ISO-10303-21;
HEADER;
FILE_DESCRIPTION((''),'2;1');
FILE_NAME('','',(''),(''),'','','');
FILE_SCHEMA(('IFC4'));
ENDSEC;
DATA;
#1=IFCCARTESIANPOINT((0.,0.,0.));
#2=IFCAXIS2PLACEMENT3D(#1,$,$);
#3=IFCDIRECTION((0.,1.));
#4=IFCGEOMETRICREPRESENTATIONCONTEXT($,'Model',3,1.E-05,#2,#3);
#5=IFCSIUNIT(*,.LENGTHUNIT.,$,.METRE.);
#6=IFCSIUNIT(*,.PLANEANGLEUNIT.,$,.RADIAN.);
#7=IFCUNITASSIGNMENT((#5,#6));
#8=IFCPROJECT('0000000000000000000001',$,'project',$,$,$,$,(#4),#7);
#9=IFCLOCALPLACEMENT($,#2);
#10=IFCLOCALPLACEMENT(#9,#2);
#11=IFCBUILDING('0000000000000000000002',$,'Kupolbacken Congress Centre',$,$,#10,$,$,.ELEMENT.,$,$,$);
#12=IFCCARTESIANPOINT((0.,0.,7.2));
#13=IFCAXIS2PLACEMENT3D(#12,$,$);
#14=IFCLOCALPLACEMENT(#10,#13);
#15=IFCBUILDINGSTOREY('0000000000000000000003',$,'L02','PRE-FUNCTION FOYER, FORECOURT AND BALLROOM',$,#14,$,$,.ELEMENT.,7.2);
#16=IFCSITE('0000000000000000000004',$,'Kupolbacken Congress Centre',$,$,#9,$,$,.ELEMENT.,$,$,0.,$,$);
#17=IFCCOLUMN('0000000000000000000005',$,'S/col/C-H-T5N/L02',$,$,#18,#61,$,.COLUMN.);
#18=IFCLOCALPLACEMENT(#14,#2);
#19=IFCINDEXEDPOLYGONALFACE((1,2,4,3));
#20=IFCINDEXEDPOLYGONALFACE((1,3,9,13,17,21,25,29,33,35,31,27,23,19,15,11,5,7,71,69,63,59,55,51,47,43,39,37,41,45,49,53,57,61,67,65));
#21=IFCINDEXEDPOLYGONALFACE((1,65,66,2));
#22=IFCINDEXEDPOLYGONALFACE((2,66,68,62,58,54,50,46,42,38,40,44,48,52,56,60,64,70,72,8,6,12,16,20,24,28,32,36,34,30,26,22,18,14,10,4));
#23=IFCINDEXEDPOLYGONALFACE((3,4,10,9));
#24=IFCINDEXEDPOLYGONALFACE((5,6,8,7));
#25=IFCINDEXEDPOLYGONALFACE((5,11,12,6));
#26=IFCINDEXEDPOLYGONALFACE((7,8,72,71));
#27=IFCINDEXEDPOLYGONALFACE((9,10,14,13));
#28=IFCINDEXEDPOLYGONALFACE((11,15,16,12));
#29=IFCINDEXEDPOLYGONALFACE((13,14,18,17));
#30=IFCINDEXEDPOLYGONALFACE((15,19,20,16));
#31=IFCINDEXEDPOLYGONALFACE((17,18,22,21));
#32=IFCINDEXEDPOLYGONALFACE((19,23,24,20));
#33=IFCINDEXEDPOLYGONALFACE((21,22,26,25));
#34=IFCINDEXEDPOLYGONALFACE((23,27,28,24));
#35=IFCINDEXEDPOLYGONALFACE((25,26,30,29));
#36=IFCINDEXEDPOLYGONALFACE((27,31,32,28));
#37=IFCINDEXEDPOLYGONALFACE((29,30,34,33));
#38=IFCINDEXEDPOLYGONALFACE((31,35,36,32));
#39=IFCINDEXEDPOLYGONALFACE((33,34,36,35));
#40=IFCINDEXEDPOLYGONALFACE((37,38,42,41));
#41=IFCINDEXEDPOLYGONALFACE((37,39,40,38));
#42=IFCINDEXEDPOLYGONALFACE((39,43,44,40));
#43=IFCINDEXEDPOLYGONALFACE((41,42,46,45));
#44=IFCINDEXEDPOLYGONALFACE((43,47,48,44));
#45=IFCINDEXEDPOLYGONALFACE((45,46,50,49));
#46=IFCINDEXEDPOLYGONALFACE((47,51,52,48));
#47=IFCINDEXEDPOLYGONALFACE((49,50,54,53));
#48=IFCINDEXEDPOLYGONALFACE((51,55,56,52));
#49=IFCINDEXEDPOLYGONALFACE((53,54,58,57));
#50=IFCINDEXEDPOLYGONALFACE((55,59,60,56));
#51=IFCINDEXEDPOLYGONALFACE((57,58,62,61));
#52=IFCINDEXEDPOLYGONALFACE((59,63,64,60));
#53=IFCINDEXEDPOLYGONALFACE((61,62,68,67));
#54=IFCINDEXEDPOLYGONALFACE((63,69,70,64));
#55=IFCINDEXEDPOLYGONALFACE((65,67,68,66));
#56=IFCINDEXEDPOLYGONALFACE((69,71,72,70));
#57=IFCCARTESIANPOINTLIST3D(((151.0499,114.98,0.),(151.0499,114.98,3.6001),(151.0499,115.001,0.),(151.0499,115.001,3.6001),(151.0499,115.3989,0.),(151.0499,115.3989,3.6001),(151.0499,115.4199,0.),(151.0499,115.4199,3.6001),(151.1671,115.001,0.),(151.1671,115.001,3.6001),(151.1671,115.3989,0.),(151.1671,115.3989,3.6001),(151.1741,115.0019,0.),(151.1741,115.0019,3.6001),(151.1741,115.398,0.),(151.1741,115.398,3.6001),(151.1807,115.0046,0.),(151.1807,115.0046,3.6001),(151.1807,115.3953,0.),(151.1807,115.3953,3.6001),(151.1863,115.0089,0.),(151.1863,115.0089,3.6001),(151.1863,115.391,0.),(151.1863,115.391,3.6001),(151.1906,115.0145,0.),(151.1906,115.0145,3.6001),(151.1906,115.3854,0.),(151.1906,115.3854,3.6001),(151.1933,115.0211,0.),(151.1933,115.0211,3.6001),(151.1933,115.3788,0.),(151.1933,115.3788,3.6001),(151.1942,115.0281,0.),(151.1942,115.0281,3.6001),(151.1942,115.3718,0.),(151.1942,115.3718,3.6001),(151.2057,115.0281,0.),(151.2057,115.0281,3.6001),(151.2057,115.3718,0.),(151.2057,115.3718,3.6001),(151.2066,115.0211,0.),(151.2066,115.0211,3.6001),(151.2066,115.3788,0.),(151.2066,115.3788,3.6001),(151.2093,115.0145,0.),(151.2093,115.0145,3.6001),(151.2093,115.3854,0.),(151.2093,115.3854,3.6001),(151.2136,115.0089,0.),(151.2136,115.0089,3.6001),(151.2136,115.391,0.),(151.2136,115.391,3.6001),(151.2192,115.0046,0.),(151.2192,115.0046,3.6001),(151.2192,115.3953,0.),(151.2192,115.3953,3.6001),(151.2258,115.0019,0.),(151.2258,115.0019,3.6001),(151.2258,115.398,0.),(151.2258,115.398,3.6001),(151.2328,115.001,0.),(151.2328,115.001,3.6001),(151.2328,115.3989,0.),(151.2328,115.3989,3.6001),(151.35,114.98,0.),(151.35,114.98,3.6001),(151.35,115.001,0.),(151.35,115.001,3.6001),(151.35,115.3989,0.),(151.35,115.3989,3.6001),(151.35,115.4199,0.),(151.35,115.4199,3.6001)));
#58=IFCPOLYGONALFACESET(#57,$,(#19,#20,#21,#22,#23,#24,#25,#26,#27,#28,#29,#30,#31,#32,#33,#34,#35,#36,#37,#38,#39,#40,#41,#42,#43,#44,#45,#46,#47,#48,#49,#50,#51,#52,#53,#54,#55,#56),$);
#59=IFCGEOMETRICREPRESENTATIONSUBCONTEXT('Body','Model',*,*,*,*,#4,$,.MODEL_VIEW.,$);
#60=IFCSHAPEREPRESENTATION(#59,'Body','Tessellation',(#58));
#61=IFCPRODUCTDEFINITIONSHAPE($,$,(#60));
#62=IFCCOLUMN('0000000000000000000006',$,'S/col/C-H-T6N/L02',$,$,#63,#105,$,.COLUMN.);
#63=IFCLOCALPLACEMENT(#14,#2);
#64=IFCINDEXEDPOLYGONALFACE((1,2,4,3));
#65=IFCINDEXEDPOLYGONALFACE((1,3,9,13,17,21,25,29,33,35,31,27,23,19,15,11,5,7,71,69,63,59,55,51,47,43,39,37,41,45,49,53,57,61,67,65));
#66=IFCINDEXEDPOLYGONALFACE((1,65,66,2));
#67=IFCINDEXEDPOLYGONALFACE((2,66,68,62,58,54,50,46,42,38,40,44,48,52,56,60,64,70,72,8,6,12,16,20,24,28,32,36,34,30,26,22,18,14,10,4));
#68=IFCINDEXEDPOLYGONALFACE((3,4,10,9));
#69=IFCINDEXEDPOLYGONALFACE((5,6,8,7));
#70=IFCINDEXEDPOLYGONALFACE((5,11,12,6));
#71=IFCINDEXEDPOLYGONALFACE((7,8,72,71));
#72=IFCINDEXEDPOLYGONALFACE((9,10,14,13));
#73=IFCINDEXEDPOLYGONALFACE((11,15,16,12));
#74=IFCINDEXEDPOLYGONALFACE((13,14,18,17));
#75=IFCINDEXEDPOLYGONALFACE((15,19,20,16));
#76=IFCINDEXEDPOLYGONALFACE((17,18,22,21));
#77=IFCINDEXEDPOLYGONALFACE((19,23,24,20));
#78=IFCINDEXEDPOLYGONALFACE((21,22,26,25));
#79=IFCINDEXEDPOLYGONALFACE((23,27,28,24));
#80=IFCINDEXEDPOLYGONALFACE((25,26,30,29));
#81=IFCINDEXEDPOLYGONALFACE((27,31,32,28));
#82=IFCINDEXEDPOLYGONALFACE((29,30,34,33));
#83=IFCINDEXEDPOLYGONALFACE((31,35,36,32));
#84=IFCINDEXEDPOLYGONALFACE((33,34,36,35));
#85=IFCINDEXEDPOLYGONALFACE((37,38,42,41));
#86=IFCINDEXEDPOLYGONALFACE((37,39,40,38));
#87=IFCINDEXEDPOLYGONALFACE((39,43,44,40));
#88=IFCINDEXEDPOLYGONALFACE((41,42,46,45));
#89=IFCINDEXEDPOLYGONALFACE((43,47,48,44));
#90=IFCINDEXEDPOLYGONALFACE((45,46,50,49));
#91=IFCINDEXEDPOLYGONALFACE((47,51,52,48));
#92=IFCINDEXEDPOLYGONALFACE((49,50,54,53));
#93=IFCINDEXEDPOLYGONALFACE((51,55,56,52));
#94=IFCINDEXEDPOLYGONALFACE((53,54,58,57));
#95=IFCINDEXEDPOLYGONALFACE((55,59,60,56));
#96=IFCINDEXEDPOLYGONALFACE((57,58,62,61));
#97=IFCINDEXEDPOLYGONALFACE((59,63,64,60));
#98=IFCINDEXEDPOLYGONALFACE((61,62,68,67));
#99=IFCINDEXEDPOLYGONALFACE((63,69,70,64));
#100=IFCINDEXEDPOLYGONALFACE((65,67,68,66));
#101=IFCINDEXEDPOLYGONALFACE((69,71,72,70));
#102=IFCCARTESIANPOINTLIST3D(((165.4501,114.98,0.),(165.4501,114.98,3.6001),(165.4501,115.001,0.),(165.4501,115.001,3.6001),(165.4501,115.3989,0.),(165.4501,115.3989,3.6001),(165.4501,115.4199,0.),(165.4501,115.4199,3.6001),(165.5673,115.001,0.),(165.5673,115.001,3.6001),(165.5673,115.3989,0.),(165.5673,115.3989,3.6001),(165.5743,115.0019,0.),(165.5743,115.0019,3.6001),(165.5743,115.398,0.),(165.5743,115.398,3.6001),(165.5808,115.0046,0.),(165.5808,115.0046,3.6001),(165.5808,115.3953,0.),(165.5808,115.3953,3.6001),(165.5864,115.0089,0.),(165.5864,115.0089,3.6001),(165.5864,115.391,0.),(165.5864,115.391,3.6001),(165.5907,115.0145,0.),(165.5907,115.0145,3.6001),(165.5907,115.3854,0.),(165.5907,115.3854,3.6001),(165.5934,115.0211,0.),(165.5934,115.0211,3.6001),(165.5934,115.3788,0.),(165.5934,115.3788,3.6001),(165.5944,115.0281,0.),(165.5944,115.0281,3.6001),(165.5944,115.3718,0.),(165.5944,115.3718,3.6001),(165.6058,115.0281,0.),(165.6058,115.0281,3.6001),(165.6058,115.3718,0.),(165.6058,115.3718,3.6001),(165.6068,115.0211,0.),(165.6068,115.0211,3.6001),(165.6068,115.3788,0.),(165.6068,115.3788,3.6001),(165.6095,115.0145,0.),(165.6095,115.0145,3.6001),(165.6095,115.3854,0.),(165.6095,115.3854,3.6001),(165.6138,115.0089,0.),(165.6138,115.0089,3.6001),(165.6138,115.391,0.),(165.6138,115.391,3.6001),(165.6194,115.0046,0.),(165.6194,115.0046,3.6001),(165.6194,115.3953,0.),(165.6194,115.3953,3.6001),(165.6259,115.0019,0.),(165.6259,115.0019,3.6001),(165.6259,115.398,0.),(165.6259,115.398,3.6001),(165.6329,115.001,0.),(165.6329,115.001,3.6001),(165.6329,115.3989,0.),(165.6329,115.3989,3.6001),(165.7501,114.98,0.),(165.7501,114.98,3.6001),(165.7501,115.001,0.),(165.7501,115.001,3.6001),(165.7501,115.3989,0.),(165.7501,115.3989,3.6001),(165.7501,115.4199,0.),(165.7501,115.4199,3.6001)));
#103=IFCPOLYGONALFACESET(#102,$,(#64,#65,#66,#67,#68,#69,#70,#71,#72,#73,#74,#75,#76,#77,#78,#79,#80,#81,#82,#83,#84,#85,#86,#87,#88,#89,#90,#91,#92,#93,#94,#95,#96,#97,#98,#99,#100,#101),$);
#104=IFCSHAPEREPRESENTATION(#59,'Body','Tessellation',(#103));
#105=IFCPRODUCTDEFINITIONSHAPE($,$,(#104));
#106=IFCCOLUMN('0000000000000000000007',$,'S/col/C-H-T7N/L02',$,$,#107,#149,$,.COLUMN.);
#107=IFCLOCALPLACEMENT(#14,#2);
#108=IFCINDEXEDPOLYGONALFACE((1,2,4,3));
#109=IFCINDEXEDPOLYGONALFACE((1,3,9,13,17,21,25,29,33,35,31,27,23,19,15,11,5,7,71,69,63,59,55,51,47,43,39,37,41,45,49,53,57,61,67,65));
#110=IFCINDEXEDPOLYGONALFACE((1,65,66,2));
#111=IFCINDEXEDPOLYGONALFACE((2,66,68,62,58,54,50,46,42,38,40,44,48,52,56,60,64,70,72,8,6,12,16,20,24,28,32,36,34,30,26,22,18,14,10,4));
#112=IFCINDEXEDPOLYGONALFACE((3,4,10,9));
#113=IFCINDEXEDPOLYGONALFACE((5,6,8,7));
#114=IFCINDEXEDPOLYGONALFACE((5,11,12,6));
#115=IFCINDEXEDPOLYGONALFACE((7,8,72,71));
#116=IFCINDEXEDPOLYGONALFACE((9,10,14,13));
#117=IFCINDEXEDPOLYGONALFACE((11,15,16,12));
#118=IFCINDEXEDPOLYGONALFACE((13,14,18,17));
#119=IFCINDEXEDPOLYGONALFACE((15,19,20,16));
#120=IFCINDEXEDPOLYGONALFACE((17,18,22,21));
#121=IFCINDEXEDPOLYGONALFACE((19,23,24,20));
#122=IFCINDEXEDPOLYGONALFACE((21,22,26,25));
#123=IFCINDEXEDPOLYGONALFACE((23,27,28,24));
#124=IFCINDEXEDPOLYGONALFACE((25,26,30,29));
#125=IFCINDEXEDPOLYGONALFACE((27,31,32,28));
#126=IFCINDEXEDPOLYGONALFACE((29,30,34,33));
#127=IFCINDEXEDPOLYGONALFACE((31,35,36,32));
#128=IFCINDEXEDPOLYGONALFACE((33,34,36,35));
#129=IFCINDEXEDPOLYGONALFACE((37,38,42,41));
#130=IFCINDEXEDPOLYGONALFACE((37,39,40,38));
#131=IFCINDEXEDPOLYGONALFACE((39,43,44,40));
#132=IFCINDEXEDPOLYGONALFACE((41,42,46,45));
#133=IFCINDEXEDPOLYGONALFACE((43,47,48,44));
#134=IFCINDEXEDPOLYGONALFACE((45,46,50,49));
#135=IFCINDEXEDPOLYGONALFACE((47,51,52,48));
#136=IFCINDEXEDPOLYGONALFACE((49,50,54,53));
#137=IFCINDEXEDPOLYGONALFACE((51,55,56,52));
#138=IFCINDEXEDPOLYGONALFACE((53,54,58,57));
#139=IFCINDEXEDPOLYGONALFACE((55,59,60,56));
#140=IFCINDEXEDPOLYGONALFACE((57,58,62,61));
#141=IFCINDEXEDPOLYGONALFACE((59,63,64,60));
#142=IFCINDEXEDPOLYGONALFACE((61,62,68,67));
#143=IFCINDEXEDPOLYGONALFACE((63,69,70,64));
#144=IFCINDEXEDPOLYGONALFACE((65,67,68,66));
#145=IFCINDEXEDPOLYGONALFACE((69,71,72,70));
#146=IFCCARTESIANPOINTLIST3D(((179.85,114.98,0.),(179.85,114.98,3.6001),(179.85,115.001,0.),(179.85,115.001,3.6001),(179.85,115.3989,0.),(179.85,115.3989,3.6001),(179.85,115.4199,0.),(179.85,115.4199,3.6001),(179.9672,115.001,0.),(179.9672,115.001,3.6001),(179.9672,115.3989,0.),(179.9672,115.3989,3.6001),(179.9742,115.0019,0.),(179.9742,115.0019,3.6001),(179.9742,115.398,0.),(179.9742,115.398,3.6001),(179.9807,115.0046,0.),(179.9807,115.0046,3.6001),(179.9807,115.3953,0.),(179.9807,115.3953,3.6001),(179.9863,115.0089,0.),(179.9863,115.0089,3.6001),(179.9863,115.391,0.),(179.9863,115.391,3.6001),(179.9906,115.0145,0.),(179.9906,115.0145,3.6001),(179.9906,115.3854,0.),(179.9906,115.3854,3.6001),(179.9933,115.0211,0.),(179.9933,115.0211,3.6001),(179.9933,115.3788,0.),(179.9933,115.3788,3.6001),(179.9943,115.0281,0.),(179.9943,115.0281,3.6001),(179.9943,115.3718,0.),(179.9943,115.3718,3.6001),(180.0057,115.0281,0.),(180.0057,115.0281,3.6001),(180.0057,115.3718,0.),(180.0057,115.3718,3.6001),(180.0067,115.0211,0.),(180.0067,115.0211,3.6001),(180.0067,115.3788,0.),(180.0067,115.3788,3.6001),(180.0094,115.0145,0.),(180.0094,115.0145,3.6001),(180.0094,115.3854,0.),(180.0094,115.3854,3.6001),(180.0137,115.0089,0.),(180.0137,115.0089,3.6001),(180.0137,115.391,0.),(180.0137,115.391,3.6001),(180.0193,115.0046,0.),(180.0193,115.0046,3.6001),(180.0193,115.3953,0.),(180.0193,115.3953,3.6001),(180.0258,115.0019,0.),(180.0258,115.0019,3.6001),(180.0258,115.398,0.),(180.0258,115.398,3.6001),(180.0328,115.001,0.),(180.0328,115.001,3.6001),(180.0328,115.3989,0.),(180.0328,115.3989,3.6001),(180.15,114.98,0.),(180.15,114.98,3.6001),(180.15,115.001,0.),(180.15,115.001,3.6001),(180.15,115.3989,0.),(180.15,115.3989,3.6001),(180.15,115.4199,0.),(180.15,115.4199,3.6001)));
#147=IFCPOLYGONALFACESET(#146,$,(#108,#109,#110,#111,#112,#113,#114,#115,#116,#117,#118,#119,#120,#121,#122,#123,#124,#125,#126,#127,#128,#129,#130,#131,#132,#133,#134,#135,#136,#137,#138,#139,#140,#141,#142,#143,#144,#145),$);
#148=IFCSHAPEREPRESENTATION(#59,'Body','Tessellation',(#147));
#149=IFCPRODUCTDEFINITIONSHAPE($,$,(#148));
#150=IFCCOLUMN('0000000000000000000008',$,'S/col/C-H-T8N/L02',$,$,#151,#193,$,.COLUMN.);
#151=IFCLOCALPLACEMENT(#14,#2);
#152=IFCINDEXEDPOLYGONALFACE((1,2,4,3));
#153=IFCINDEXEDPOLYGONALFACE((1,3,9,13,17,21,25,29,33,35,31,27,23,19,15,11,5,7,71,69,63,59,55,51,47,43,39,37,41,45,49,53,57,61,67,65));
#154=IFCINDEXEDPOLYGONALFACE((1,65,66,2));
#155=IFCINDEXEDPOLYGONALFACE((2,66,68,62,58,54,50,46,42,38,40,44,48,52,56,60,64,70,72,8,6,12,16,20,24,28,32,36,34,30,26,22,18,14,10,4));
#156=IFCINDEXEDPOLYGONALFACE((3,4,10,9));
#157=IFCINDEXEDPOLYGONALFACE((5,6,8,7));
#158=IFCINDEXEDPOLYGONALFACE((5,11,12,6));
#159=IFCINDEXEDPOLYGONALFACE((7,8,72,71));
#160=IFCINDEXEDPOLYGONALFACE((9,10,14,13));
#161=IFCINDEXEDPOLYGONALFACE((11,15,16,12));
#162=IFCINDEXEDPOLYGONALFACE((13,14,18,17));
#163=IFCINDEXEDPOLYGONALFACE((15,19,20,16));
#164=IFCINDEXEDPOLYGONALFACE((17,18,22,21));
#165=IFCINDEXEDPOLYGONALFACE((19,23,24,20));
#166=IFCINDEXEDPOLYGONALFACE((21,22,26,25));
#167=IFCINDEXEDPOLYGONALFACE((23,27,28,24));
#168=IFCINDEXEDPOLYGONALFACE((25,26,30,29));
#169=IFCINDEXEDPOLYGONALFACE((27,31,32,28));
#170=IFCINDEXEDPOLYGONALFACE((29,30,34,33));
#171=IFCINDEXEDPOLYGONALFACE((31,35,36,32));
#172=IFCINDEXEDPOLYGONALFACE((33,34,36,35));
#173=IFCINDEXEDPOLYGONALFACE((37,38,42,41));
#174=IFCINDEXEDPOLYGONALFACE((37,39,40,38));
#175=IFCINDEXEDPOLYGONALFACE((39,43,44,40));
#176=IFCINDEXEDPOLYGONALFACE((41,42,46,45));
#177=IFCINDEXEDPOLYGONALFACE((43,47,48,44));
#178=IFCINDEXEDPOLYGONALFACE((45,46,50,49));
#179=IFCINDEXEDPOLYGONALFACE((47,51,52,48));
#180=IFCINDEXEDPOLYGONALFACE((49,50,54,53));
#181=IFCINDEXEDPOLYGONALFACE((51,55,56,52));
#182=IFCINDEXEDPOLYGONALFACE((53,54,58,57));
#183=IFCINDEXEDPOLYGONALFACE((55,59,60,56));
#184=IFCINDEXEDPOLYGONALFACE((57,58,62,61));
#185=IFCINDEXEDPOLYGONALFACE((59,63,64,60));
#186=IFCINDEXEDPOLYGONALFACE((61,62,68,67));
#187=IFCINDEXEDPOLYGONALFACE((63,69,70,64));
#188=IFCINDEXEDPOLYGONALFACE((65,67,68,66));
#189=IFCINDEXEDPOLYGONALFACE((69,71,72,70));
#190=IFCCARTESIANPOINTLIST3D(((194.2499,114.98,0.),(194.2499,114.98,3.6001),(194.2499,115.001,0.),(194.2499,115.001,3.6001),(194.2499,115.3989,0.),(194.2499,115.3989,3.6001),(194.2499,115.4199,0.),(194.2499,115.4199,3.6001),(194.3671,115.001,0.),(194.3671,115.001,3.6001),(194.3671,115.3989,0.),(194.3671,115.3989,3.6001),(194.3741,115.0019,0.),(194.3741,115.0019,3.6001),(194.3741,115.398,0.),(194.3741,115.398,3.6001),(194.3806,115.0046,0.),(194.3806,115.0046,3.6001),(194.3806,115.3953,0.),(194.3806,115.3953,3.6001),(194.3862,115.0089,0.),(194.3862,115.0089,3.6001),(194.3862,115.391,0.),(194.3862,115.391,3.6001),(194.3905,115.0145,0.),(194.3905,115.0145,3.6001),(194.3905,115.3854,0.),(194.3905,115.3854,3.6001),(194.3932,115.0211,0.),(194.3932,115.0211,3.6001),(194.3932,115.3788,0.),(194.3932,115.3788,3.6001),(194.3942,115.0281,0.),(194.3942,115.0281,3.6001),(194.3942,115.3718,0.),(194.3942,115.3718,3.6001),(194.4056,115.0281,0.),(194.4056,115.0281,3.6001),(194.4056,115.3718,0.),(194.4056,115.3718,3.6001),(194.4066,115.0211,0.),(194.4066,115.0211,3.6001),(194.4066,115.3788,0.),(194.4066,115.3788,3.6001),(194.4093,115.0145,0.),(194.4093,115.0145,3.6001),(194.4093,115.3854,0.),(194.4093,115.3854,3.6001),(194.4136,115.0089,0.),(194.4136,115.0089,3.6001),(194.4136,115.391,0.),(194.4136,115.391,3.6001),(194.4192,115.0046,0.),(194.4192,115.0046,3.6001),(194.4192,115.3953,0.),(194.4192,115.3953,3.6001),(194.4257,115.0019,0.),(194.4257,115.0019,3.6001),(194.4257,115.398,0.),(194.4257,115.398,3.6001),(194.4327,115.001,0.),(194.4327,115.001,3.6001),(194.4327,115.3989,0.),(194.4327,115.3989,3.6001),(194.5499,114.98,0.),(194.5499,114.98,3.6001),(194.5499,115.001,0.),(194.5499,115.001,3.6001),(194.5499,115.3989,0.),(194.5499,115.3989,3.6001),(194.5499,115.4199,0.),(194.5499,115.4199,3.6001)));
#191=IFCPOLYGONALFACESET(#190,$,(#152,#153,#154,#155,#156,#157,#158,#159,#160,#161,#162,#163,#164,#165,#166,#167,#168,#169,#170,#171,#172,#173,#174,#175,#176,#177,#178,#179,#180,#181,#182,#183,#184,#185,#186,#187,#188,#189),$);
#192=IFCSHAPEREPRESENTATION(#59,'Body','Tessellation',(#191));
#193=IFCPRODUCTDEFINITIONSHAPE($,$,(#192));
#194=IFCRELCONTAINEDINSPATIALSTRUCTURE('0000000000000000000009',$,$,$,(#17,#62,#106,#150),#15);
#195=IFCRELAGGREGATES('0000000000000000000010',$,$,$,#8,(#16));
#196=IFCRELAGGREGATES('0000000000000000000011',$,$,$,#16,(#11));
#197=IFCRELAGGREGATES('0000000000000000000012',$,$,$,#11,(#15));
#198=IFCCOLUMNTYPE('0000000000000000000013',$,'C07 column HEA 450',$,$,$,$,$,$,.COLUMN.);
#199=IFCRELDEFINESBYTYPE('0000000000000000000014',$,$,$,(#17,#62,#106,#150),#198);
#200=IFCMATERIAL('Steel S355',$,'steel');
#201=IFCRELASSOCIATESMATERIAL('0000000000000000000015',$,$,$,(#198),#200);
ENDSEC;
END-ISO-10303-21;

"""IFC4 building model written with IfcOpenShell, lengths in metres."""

from ifc_helpers import new_model, si_unit, direction, frame, origin, origin_2d, place, context, subcontext, project, spatial, i_section, extrude, material, material_profile, profile_set, type_object, element, save


model = new_model("IFC4")

# Units and contexts
model_context = context("Model", 3, precision=1e-05, world=origin(), true_north=direction((0.0, 1.0)))
body_context = subcontext(model_context, "Body", "Model", "MODEL_VIEW")
ifc_project = project(units=[si_unit("LENGTHUNIT", "METRE"), si_unit("PLANEANGLEUNIT", "RADIAN")], contexts=[model_context])

# Site, building, storey
site_placement = place(None, origin())
site = spatial("IfcSite", under=ifc_project, at=site_placement, Name="Kupolbacken Congress Centre", CompositionType="ELEMENT", RefElevation=0.0)
building_placement = place(site_placement, origin())
building = spatial("IfcBuilding", under=site, at=building_placement, Name="Kupolbacken Congress Centre", CompositionType="ELEMENT")
storey_placement = place(building_placement, frame((0.0, 0.0, 7.2)))
storey = spatial("IfcBuildingStorey", under=building, at=storey_placement, Name="L02", Description="PRE-FUNCTION FOYER, FORECOURT AND BALLROOM", CompositionType="ELEMENT", Elevation=7.2)

# Columns
ifc_material_1 = material(Name="Steel S355", Category="steel")
ifc_material_profile_1 = material_profile(ifc_material_1, i_section(OverallWidth=0.3, OverallDepth=0.4399, WebThickness=0.0115, FlangeThickness=0.021, FilletRadius=0.0271, at=origin_2d()), Name="HEA 450")
ifc_profile_set_1 = profile_set([ifc_material_profile_1], Name="Steel S355")
column_type_1 = type_object("IfcColumnType", Name="C07 column HEA 450", PredefinedType="COLUMN", material=ifc_profile_set_1)
for number, where, z_axis, x_axis, name in (
    (1, (151.2, 115.2, 0.0), (0.0, 0.0, 1.0), (1.0, 0.0, 0.0), "S/col/C-H-T5N/L02"),
    (2, (165.6001, 115.2, 0.0), (0.0, 0.0, 1.0), (1.0, 0.0, 0.0), "S/col/C-H-T6N/L02"),
    (3, (180.0, 115.2, 0.0), (0.0, 0.0, 1.0), (1.0, 0.0, 0.0), "S/col/C-H-T7N/L02"),
    (4, (194.3999, 115.2, 0.0), (0.0, 0.0, 1.0), (1.0, 0.0, 0.0), "S/col/C-H-T8N/L02"),
):
    element("IfcColumn", number, at=place(storey_placement, frame(where, z_axis=z_axis, x_axis=x_axis)), inside=storey, type_object=column_type_1, Name=name, PredefinedType="COLUMN", context=body_context, shape_type="SweptSolid", body=[
        extrude(i_section(OverallWidth=0.3, OverallDepth=0.4399, WebThickness=0.0115, FlangeThickness=0.021, FilletRadius=0.0271, at=origin_2d()), origin(), (0.0, 0.0, 1.0), 3.6001),
    ])

save(model, "model.ifc")
